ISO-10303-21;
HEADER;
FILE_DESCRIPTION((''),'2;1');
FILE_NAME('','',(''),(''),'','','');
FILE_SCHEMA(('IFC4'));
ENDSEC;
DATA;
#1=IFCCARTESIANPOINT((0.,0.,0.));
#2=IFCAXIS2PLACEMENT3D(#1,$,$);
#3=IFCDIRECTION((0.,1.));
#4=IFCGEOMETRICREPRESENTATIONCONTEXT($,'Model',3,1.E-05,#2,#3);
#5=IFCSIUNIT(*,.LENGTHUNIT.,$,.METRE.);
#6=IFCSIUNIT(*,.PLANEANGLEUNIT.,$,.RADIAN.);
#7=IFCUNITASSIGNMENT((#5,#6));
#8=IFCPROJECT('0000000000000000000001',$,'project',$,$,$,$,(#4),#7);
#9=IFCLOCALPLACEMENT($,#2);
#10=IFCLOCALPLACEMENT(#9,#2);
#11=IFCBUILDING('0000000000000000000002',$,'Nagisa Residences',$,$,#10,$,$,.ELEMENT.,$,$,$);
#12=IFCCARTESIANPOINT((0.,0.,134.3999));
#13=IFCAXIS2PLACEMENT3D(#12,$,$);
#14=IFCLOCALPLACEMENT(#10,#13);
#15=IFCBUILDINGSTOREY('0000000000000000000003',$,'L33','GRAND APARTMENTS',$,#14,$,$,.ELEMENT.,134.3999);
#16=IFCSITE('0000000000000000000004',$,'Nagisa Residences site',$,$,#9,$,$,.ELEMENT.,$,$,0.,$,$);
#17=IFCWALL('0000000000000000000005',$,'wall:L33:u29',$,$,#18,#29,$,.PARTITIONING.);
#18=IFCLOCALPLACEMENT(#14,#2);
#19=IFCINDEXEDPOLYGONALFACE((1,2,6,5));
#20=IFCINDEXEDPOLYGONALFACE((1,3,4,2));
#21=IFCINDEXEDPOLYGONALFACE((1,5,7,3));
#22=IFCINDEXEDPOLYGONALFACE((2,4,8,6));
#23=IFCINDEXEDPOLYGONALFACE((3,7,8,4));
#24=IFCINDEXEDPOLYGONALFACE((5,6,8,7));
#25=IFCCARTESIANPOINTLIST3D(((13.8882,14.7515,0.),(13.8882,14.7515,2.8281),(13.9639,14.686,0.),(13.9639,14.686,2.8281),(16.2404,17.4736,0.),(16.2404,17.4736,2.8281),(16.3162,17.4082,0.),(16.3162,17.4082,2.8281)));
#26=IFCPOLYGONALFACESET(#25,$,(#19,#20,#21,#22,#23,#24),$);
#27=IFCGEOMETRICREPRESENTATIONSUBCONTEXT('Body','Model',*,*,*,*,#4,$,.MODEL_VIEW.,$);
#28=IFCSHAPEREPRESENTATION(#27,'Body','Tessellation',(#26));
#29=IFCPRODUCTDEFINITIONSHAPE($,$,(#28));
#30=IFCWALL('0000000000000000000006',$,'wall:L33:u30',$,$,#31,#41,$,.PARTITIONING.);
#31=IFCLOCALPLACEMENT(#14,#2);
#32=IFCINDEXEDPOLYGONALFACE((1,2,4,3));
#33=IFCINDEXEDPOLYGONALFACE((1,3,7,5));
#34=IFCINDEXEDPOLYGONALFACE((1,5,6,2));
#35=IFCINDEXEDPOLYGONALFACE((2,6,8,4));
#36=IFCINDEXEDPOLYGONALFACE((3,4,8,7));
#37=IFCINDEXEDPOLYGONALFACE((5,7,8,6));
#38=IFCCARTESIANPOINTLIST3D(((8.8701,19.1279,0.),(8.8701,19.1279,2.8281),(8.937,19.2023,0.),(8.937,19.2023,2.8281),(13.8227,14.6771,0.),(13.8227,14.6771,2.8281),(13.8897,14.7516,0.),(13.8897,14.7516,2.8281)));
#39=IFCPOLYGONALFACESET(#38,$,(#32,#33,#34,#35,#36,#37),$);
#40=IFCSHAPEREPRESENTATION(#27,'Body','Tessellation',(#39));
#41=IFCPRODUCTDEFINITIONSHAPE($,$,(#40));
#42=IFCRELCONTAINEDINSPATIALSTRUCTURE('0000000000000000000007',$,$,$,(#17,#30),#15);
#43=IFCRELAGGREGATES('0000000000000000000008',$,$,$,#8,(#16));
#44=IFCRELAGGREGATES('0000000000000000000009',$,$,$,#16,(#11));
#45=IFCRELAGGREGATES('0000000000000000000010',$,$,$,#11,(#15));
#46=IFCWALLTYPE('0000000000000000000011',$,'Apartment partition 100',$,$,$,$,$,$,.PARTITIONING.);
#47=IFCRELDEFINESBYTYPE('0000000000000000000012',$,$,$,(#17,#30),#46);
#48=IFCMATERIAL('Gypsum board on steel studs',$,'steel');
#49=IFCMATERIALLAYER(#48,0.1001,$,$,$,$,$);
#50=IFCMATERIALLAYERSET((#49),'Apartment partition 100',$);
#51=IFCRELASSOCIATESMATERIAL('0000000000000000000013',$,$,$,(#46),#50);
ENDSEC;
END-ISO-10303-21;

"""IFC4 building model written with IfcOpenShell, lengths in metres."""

from ifc_helpers import new_model, si_unit, direction, frame, frame_2d, origin, place, context, subcontext, project, spatial, rectangle, extrude, material, layer, layer_set, type_object, element, save


model = new_model("IFC4")

# Units and contexts
model_context = context("Model", 3, precision=1e-05, world=origin(), true_north=direction((0.0, 1.0)))
body_context = subcontext(model_context, "Body", "Model", "MODEL_VIEW")
ifc_project = project(units=[si_unit("LENGTHUNIT", "METRE"), si_unit("PLANEANGLEUNIT", "RADIAN")], contexts=[model_context])

# Site, building, storey
site_placement = place(None, origin())
site = spatial("IfcSite", under=ifc_project, at=site_placement, Name="Nagisa Residences site", CompositionType="ELEMENT", RefElevation=0.0)
building_placement = place(site_placement, origin())
building = spatial("IfcBuilding", under=site, at=building_placement, Name="Nagisa Residences", CompositionType="ELEMENT")
storey_placement = place(building_placement, frame((0.0, 0.0, 134.3999)))
storey = spatial("IfcBuildingStorey", under=building, at=storey_placement, Name="L33", Description="GRAND APARTMENTS", CompositionType="ELEMENT", Elevation=134.3999)

# Shared definitions
ifc_material_1 = material(Name="Gypsum board on steel studs", Category="steel")
ifc_layer_1 = layer(ifc_material_1, 0.1001)
ifc_layer_set_1 = layer_set([ifc_layer_1], Name="Apartment partition 100")
wall_type = type_object("IfcWallType", Name="Apartment partition 100", PredefinedType="PARTITIONING", material=ifc_layer_set_1)

# Walls
wall_1_placement = place(storey_placement, frame((13.926, 14.7188, 0.0), z_axis=(0.0, 0.0, 1.0), x_axis=(0.653832, 0.75664, 0.0)))
element("IfcWall", 1, at=wall_1_placement, inside=storey, type_object=wall_type, Name="wall:L33:u29", PredefinedType="PARTITIONING", context=body_context, shape_type="SweptSolid", body=[
    extrude(rectangle(XDim=3.5977, YDim=0.1001, at=frame_2d((1.7988, 0.0))), origin(), (0.0, 0.0, 1.0), 2.8281),
])
wall_2_placement = place(storey_placement, frame((13.8562, 14.7144, 0.0), z_axis=(0.0, 0.0, 1.0), x_axis=(-0.743793, 0.66841, 0.0)))
element("IfcWall", 2, at=wall_2_placement, inside=storey, type_object=wall_type, Name="wall:L33:u30", PredefinedType="PARTITIONING", context=body_context, shape_type="SweptSolid", body=[
    extrude(rectangle(XDim=6.6587, YDim=0.1001, at=frame_2d((3.3293, 0.0))), origin(), (0.0, 0.0, 1.0), 2.8281),
])

save(model, "model.ifc")
